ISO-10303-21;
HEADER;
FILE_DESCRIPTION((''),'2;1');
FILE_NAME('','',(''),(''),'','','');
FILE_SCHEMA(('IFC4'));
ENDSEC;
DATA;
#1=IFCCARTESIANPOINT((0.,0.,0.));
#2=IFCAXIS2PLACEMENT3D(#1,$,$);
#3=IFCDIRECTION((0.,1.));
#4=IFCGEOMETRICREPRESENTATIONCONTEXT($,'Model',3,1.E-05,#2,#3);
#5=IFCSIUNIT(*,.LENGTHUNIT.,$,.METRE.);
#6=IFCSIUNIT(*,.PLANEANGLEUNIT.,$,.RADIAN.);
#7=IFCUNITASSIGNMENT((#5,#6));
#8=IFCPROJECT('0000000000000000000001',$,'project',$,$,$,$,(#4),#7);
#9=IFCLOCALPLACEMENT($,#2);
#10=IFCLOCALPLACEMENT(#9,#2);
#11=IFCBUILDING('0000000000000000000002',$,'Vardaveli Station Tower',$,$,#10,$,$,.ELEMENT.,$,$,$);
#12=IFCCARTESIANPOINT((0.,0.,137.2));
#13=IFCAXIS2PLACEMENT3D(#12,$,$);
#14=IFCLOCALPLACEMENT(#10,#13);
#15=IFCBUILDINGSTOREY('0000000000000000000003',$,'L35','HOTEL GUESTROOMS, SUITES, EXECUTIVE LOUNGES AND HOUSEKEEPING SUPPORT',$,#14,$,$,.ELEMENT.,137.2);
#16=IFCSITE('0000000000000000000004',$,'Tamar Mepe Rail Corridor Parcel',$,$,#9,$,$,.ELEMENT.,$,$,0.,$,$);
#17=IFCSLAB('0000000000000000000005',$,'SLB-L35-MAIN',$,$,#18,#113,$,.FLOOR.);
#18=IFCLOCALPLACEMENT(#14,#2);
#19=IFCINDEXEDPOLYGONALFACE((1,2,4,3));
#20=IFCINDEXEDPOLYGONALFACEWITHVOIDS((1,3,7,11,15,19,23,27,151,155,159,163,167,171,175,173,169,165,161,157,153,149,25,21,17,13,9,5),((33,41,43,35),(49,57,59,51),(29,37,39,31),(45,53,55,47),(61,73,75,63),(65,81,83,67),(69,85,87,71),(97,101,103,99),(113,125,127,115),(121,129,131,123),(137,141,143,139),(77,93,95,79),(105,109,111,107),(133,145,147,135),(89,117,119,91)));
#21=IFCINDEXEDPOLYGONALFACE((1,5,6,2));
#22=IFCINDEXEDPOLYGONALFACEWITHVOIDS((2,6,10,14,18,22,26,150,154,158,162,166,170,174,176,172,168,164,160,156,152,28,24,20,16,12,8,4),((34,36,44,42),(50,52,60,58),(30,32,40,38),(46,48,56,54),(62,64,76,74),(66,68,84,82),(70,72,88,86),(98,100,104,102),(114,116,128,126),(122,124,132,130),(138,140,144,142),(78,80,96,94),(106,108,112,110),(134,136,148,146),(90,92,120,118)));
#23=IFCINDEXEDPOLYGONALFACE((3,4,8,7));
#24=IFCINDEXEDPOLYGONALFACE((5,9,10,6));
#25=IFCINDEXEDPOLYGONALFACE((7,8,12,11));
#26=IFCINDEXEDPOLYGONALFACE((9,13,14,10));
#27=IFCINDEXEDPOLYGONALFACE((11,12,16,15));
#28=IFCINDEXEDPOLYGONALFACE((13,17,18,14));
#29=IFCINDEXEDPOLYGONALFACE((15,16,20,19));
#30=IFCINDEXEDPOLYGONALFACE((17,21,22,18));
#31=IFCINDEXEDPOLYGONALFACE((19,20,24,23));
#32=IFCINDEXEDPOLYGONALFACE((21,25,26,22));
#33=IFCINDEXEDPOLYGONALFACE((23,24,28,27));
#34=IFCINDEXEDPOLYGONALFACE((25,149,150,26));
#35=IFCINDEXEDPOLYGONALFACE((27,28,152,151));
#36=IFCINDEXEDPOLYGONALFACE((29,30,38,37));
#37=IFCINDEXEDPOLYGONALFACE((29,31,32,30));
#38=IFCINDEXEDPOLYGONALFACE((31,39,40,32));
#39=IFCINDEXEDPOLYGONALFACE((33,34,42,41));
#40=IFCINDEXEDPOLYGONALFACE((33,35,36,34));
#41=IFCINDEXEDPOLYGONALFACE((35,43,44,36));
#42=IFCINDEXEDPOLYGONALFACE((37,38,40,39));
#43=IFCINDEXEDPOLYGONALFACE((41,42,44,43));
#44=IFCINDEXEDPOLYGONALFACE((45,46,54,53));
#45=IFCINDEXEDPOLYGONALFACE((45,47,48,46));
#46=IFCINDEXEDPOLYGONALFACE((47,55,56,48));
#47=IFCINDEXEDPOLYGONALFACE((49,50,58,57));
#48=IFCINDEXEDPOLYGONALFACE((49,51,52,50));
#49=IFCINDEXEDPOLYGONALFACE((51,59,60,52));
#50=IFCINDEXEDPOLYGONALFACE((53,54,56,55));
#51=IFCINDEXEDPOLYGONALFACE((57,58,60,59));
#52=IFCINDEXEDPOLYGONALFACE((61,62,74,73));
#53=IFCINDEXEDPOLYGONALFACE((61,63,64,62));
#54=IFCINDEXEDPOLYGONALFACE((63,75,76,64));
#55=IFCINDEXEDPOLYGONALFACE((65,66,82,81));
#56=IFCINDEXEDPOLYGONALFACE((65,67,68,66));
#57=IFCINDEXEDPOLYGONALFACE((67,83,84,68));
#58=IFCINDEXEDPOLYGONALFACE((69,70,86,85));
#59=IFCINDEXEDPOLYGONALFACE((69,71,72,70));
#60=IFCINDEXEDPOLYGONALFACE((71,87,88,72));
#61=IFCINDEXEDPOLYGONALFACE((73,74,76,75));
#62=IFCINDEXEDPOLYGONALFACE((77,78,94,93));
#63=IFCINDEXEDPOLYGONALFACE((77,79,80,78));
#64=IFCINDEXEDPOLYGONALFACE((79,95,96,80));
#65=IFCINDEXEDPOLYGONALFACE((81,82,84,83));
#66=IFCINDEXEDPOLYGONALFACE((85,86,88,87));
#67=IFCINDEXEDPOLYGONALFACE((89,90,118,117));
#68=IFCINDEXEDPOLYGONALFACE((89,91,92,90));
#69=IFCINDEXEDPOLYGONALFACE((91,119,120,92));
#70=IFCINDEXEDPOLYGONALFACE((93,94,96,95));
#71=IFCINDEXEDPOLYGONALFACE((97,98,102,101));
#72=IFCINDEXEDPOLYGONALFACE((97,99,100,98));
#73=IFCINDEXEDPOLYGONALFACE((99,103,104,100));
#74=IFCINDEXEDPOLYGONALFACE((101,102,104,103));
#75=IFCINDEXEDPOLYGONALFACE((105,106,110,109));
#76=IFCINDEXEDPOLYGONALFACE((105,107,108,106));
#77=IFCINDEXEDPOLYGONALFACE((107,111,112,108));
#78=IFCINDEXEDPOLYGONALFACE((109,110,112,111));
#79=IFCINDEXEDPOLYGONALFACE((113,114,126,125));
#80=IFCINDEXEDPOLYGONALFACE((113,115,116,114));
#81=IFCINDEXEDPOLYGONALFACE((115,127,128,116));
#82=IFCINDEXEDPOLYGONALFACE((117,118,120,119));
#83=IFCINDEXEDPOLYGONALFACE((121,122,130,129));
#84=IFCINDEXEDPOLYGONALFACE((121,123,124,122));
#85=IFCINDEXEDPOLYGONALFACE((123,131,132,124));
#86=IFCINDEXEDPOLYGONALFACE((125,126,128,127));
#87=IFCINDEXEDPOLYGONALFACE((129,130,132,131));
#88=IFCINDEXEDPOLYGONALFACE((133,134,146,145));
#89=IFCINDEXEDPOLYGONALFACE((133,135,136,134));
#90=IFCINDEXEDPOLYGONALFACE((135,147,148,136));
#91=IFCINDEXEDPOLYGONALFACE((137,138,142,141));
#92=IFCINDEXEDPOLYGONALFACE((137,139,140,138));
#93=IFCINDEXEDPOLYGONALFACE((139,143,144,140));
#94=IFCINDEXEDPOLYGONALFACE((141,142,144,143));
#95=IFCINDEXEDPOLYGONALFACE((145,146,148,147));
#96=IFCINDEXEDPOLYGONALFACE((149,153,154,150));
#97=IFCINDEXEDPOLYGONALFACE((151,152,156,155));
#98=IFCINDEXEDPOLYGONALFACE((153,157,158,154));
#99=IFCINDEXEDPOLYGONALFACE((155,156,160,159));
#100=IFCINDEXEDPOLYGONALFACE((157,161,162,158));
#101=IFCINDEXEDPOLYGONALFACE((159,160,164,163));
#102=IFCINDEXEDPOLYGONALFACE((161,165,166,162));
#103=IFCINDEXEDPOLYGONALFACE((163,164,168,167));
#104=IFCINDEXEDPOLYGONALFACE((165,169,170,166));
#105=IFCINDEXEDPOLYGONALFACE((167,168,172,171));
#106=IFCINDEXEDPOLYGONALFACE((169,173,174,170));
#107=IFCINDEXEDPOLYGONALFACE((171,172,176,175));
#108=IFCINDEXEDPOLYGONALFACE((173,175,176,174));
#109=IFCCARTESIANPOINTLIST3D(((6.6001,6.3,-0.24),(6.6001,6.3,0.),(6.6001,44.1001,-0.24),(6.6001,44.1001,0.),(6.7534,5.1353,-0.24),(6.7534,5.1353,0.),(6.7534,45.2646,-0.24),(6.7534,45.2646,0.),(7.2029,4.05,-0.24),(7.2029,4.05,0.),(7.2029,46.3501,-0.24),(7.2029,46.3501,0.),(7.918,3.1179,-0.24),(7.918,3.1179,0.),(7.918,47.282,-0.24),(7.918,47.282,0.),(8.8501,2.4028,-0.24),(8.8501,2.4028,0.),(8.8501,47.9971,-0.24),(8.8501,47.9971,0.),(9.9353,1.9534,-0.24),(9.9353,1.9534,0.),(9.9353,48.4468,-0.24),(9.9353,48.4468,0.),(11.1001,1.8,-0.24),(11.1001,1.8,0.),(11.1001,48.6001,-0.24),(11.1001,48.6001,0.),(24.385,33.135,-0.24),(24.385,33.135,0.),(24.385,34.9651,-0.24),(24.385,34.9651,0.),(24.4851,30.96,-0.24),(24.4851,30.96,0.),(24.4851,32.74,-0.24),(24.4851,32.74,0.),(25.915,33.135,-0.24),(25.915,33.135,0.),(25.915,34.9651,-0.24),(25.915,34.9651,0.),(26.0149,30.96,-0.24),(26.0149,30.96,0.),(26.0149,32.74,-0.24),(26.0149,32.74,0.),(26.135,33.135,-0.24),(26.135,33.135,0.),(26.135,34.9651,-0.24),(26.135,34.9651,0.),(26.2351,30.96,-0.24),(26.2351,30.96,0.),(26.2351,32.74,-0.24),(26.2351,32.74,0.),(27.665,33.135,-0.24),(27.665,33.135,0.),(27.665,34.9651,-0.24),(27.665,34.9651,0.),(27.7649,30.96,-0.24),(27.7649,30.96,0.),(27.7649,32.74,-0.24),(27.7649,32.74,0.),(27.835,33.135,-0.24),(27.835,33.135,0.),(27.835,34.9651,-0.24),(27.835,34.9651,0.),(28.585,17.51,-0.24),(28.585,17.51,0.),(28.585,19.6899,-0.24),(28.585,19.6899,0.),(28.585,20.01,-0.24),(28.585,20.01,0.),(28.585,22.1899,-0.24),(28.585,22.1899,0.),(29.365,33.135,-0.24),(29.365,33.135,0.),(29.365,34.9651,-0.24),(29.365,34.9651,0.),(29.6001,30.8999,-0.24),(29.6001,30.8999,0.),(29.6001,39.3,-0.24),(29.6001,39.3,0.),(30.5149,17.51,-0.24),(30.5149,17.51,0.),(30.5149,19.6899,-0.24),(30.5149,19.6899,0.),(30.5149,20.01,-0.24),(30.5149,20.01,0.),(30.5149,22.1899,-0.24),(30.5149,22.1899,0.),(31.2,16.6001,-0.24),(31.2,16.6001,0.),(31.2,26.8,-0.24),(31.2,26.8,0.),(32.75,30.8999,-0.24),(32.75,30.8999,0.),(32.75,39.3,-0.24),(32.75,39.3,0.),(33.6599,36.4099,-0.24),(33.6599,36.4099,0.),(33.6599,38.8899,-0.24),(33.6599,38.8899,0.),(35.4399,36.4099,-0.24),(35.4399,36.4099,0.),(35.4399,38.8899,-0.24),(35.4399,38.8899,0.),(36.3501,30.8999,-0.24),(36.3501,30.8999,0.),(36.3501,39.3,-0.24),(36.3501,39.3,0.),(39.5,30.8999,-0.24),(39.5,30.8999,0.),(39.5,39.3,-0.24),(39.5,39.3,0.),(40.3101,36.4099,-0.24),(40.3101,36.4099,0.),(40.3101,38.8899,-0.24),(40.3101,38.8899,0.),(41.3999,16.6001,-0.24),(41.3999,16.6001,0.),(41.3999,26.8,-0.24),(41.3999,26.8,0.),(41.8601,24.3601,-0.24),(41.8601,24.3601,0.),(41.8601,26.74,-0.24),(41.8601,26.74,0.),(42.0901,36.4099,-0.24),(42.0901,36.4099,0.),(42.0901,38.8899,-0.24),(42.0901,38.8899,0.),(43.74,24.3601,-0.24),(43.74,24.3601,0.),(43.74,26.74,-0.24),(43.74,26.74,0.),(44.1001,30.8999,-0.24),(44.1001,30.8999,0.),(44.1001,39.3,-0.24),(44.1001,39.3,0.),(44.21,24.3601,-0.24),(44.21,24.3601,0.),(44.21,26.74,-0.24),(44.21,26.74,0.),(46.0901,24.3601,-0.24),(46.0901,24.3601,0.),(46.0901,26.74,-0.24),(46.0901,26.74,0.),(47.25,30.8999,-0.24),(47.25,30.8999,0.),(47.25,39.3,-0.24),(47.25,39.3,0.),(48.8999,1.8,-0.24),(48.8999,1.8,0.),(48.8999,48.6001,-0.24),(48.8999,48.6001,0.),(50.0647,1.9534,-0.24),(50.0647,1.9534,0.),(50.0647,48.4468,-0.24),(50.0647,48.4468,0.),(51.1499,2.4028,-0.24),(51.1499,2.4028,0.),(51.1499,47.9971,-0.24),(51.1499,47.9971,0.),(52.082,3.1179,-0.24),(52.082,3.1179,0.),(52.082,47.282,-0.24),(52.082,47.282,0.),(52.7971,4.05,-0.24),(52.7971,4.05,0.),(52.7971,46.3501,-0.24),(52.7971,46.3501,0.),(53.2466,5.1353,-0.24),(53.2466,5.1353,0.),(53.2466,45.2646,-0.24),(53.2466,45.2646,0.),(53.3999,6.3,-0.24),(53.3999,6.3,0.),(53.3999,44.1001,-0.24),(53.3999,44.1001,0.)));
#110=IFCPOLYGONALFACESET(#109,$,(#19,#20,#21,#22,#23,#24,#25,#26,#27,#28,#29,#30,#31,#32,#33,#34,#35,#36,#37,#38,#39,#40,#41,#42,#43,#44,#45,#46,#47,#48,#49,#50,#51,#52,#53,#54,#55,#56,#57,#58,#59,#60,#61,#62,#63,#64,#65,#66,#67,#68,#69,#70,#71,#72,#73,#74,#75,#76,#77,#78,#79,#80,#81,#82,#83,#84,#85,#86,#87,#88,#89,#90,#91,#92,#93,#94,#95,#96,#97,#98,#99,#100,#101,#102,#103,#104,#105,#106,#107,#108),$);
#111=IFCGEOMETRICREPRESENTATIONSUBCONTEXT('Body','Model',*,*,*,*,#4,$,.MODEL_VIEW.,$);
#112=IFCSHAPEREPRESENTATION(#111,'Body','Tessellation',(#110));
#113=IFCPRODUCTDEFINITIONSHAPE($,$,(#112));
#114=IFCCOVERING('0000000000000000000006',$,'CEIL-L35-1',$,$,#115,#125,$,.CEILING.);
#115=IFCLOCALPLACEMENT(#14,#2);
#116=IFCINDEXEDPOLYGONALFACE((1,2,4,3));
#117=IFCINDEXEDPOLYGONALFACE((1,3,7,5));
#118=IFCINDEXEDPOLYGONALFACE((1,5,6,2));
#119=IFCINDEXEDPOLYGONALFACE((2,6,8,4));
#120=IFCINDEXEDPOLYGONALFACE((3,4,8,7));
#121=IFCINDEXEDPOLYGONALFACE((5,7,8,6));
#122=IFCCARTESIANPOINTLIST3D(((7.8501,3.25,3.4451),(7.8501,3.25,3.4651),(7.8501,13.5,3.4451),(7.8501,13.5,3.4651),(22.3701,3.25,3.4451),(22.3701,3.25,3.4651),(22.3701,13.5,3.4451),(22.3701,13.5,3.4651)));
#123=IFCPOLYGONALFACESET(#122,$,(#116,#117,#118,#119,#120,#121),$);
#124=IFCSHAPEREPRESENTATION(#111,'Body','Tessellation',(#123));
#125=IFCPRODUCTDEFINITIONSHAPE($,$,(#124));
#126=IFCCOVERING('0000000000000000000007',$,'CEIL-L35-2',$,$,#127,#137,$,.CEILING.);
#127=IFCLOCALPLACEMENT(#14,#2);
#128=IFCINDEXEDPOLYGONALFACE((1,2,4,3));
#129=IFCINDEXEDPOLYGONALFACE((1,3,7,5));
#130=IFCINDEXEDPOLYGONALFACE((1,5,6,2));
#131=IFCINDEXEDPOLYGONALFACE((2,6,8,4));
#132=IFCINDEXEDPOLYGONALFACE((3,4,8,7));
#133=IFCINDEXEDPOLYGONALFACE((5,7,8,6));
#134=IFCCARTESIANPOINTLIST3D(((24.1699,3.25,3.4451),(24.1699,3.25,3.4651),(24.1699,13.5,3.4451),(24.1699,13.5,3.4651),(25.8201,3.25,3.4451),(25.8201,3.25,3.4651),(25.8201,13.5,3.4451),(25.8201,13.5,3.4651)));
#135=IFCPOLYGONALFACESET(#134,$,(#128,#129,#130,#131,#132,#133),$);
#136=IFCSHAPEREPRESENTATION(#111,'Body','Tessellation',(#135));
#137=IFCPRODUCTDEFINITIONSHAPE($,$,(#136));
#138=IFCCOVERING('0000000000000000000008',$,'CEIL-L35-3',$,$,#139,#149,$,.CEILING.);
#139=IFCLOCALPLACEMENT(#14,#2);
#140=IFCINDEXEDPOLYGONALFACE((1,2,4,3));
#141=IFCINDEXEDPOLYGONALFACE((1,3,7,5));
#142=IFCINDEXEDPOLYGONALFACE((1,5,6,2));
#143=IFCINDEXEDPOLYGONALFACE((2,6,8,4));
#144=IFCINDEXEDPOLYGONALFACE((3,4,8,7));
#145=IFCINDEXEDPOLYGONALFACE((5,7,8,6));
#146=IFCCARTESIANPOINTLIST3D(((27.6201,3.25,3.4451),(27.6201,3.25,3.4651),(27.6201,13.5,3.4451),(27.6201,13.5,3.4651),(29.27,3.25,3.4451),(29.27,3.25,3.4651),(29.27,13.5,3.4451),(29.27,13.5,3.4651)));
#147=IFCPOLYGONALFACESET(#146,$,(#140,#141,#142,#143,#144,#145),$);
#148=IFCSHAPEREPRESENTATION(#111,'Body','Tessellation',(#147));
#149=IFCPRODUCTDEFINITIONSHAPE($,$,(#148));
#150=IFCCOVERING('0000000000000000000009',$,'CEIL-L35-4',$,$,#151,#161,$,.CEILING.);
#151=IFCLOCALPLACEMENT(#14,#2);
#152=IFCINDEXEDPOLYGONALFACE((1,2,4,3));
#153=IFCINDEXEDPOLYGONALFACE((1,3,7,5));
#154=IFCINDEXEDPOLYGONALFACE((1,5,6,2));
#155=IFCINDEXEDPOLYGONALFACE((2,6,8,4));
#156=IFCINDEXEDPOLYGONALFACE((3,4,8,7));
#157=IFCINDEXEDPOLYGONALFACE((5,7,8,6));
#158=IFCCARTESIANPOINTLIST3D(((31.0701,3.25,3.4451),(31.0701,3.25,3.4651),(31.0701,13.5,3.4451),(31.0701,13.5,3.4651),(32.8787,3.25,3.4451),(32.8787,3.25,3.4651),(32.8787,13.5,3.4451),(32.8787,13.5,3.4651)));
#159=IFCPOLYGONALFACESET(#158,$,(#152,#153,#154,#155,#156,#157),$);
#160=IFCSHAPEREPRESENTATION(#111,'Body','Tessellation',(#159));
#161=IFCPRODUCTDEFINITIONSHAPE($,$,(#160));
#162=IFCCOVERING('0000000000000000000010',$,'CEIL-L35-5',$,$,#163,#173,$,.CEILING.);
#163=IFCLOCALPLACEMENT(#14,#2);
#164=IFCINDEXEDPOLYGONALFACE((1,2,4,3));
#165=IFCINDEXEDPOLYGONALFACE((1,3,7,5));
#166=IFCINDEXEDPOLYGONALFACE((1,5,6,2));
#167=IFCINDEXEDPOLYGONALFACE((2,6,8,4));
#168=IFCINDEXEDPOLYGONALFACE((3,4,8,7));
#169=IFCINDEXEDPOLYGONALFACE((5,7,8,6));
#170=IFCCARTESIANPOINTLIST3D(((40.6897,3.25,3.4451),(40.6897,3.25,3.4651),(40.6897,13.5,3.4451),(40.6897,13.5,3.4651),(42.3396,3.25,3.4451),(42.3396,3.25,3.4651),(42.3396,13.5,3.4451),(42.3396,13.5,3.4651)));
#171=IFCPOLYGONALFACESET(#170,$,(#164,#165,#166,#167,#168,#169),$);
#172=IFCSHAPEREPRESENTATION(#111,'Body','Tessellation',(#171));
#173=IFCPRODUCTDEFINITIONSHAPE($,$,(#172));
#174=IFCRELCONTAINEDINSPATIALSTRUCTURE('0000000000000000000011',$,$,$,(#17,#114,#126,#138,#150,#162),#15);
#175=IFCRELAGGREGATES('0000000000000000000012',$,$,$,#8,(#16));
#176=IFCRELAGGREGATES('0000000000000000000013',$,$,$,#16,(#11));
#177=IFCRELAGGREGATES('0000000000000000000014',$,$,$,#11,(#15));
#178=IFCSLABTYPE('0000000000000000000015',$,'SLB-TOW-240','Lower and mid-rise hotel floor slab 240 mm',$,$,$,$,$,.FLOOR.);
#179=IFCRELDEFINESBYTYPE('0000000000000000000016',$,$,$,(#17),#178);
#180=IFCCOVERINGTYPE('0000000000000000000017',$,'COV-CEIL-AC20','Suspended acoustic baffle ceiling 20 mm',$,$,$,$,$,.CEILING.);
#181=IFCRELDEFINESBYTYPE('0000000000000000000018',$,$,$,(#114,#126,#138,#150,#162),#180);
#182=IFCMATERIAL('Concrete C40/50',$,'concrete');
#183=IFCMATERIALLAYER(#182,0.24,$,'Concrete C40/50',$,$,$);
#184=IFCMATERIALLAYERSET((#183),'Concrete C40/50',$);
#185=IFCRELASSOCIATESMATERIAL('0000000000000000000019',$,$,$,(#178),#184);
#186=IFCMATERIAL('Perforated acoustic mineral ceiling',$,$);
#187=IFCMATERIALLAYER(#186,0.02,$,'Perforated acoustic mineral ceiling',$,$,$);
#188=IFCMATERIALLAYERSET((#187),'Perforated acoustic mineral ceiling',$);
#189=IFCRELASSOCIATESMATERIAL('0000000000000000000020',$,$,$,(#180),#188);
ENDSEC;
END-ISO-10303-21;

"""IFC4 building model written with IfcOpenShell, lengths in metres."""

from ifc_helpers import new_model, si_unit, direction, frame, origin, place, context, subcontext, project, spatial, polyline, outline, extrude, material, layer, layer_set, type_object, element, save


model = new_model("IFC4")

# Units and contexts
model_context = context("Model", 3, precision=1e-05, world=origin(), true_north=direction((0.0, 1.0)))
body_context = subcontext(model_context, "Body", "Model", "MODEL_VIEW")
ifc_project = project(units=[si_unit("LENGTHUNIT", "METRE"), si_unit("PLANEANGLEUNIT", "RADIAN")], contexts=[model_context])

# Site, building, storey
site_placement = place(None, origin())
site = spatial("IfcSite", under=ifc_project, at=site_placement, Name="Tamar Mepe Rail Corridor Parcel", CompositionType="ELEMENT", RefElevation=0.0)
building_placement = place(site_placement, origin())
building = spatial("IfcBuilding", under=site, at=building_placement, Name="Vardaveli Station Tower", CompositionType="ELEMENT")
storey_placement = place(building_placement, frame((0.0, 0.0, 137.2)))
storey = spatial("IfcBuildingStorey", under=building, at=storey_placement, Name="L35", Description="HOTEL GUESTROOMS, SUITES, EXECUTIVE LOUNGES AND HOUSEKEEPING SUPPORT", CompositionType="ELEMENT", Elevation=137.2)

# Shared definitions
ifc_material_1 = material(Name="Concrete C40/50", Category="concrete")

# Slab
ifc_layer_1 = layer(ifc_material_1, 0.24, Name="Concrete C40/50")
ifc_layer_set_1 = layer_set([ifc_layer_1], Name="Concrete C40/50")
slab_type_1 = type_object("IfcSlabType", Name="SLB-TOW-240", Description="Lower and mid-rise hotel floor slab 240 mm", PredefinedType="FLOOR", material=ifc_layer_set_1)
slab_1_placement = place(storey_placement, frame((0.0, 0.0, -0.24)))
element("IfcSlab", 1, at=slab_1_placement, inside=storey, type_object=slab_type_1, Name="SLB-L35-MAIN", PredefinedType="FLOOR", context=body_context, shape_type="SweptSolid", body=[
    extrude(outline(polyline([(6.6001, 6.3), (6.7534, 5.1353), (7.2029, 4.05), (7.918, 3.1179), (8.8501, 2.4028), (9.9353, 1.9534), (11.1001, 1.8), (48.8999, 1.8), (50.0647, 1.9534), (51.1499, 2.4028), (52.082, 3.1179), (52.7971, 4.05), (53.2466, 5.1353), (53.3999, 6.3), (53.3999, 44.1001), (53.2466, 45.2646), (52.7971, 46.3501), (52.082, 47.282), (51.1499, 47.9971), (50.0647, 48.4468), (48.8999, 48.6001), (11.1001, 48.6001), (9.9353, 48.4468), (8.8501, 47.9971), (7.918, 47.282), (7.2029, 46.3501), (6.7534, 45.2646), (6.6001, 44.1001), (6.6001, 6.3)]), holes=[polyline([(31.2, 16.6001), (41.3999, 16.6001), (41.3999, 26.8), (31.2, 26.8), (31.2, 16.6001)]), polyline([(32.75, 30.8999), (32.75, 39.3), (29.6001, 39.3), (29.6001, 30.8999), (32.75, 30.8999)]), polyline([(39.5, 30.8999), (39.5, 39.3), (36.3501, 39.3), (36.3501, 30.8999), (39.5, 30.8999)]), polyline([(47.25, 30.8999), (47.25, 39.3), (44.1001, 39.3), (44.1001, 30.8999), (47.25, 30.8999)]), polyline([(24.385, 33.135), (25.915, 33.135), (25.915, 34.9651), (24.385, 34.9651), (24.385, 33.135)]), polyline([(26.135, 33.135), (27.665, 33.135), (27.665, 34.9651), (26.135, 34.9651), (26.135, 33.135)]), polyline([(27.835, 33.135), (29.365, 33.135), (29.365, 34.9651), (27.835, 34.9651), (27.835, 33.135)]), polyline([(33.6599, 36.4099), (35.4399, 36.4099), (35.4399, 38.8899), (33.6599, 38.8899), (33.6599, 36.4099)]), polyline([(40.3101, 36.4099), (42.0901, 36.4099), (42.0901, 38.8899), (40.3101, 38.8899), (40.3101, 36.4099)]), polyline([(24.4851, 30.96), (26.0149, 30.96), (26.0149, 32.74), (24.4851, 32.74), (24.4851, 30.96)]), polyline([(26.2351, 30.96), (27.7649, 30.96), (27.7649, 32.74), (26.2351, 32.74), (26.2351, 30.96)]), polyline([(28.585, 17.51), (30.5149, 17.51), (30.5149, 19.6899), (28.585, 19.6899), (28.585, 17.51)]), polyline([(28.585, 20.01), (30.5149, 20.01), (30.5149, 22.1899), (28.585, 22.1899), (28.585, 20.01)]), polyline([(41.8601, 24.3601), (43.74, 24.3601), (43.74, 26.74), (41.8601, 26.74), (41.8601, 24.3601)]), polyline([(44.21, 24.3601), (46.0901, 24.3601), (46.0901, 26.74), (44.21, 26.74), (44.21, 24.3601)])]), origin(), (0.0, 0.0, 1.0), 0.24),
])

# Coverings
ifc_material_2 = material(Name="Perforated acoustic mineral ceiling")
ifc_layer_2 = layer(ifc_material_2, 0.02, Name="Perforated acoustic mineral ceiling")
ifc_layer_set_2 = layer_set([ifc_layer_2], Name="Perforated acoustic mineral ceiling")
covering_type_1 = type_object("IfcCoveringType", Name="COV-CEIL-AC20", Description="Suspended acoustic baffle ceiling 20 mm", PredefinedType="CEILING", material=ifc_layer_set_2)
covering_1_placement = place(storey_placement, frame((0.0, 0.0, 3.4451)))
element("IfcCovering", 2, at=covering_1_placement, inside=storey, type_object=covering_type_1, Name="CEIL-L35-1", PredefinedType="CEILING", context=body_context, shape_type="SweptSolid", body=[
    extrude(outline(polyline([(7.8501, 3.25), (22.3701, 3.25), (22.3701, 13.5), (7.8501, 13.5), (7.8501, 3.25)])), origin(), (0.0, 0.0, 1.0), 0.02),
])
covering_2_placement = place(storey_placement, frame((0.0, 0.0, 3.4451)))
element("IfcCovering", 3, at=covering_2_placement, inside=storey, type_object=covering_type_1, Name="CEIL-L35-2", PredefinedType="CEILING", context=body_context, shape_type="SweptSolid", body=[
    extrude(outline(polyline([(24.1699, 3.25), (25.8201, 3.25), (25.8201, 13.5), (24.1699, 13.5), (24.1699, 3.25)])), origin(), (0.0, 0.0, 1.0), 0.02),
])
covering_3_placement = place(storey_placement, frame((0.0, 0.0, 3.4451)))
element("IfcCovering", 4, at=covering_3_placement, inside=storey, type_object=covering_type_1, Name="CEIL-L35-3", PredefinedType="CEILING", context=body_context, shape_type="SweptSolid", body=[
    extrude(outline(polyline([(27.6201, 3.25), (29.27, 3.25), (29.27, 13.5), (27.6201, 13.5), (27.6201, 3.25)])), origin(), (0.0, 0.0, 1.0), 0.02),
])
covering_4_placement = place(storey_placement, frame((0.0, 0.0, 3.4451)))
element("IfcCovering", 5, at=covering_4_placement, inside=storey, type_object=covering_type_1, Name="CEIL-L35-4", PredefinedType="CEILING", context=body_context, shape_type="SweptSolid", body=[
    extrude(outline(polyline([(31.0701, 3.25), (32.8787, 3.25), (32.8787, 13.5), (31.0701, 13.5), (31.0701, 3.25)])), origin(), (0.0, 0.0, 1.0), 0.02),
])
covering_5_placement = place(storey_placement, frame((0.0, 0.0, 3.4451)))
element("IfcCovering", 6, at=covering_5_placement, inside=storey, type_object=covering_type_1, Name="CEIL-L35-5", PredefinedType="CEILING", context=body_context, shape_type="SweptSolid", body=[
    extrude(outline(polyline([(40.6897, 3.25), (42.3396, 3.25), (42.3396, 13.5), (40.6897, 13.5), (40.6897, 3.25)])), origin(), (0.0, 0.0, 1.0), 0.02),
])

save(model, "model.ifc")
